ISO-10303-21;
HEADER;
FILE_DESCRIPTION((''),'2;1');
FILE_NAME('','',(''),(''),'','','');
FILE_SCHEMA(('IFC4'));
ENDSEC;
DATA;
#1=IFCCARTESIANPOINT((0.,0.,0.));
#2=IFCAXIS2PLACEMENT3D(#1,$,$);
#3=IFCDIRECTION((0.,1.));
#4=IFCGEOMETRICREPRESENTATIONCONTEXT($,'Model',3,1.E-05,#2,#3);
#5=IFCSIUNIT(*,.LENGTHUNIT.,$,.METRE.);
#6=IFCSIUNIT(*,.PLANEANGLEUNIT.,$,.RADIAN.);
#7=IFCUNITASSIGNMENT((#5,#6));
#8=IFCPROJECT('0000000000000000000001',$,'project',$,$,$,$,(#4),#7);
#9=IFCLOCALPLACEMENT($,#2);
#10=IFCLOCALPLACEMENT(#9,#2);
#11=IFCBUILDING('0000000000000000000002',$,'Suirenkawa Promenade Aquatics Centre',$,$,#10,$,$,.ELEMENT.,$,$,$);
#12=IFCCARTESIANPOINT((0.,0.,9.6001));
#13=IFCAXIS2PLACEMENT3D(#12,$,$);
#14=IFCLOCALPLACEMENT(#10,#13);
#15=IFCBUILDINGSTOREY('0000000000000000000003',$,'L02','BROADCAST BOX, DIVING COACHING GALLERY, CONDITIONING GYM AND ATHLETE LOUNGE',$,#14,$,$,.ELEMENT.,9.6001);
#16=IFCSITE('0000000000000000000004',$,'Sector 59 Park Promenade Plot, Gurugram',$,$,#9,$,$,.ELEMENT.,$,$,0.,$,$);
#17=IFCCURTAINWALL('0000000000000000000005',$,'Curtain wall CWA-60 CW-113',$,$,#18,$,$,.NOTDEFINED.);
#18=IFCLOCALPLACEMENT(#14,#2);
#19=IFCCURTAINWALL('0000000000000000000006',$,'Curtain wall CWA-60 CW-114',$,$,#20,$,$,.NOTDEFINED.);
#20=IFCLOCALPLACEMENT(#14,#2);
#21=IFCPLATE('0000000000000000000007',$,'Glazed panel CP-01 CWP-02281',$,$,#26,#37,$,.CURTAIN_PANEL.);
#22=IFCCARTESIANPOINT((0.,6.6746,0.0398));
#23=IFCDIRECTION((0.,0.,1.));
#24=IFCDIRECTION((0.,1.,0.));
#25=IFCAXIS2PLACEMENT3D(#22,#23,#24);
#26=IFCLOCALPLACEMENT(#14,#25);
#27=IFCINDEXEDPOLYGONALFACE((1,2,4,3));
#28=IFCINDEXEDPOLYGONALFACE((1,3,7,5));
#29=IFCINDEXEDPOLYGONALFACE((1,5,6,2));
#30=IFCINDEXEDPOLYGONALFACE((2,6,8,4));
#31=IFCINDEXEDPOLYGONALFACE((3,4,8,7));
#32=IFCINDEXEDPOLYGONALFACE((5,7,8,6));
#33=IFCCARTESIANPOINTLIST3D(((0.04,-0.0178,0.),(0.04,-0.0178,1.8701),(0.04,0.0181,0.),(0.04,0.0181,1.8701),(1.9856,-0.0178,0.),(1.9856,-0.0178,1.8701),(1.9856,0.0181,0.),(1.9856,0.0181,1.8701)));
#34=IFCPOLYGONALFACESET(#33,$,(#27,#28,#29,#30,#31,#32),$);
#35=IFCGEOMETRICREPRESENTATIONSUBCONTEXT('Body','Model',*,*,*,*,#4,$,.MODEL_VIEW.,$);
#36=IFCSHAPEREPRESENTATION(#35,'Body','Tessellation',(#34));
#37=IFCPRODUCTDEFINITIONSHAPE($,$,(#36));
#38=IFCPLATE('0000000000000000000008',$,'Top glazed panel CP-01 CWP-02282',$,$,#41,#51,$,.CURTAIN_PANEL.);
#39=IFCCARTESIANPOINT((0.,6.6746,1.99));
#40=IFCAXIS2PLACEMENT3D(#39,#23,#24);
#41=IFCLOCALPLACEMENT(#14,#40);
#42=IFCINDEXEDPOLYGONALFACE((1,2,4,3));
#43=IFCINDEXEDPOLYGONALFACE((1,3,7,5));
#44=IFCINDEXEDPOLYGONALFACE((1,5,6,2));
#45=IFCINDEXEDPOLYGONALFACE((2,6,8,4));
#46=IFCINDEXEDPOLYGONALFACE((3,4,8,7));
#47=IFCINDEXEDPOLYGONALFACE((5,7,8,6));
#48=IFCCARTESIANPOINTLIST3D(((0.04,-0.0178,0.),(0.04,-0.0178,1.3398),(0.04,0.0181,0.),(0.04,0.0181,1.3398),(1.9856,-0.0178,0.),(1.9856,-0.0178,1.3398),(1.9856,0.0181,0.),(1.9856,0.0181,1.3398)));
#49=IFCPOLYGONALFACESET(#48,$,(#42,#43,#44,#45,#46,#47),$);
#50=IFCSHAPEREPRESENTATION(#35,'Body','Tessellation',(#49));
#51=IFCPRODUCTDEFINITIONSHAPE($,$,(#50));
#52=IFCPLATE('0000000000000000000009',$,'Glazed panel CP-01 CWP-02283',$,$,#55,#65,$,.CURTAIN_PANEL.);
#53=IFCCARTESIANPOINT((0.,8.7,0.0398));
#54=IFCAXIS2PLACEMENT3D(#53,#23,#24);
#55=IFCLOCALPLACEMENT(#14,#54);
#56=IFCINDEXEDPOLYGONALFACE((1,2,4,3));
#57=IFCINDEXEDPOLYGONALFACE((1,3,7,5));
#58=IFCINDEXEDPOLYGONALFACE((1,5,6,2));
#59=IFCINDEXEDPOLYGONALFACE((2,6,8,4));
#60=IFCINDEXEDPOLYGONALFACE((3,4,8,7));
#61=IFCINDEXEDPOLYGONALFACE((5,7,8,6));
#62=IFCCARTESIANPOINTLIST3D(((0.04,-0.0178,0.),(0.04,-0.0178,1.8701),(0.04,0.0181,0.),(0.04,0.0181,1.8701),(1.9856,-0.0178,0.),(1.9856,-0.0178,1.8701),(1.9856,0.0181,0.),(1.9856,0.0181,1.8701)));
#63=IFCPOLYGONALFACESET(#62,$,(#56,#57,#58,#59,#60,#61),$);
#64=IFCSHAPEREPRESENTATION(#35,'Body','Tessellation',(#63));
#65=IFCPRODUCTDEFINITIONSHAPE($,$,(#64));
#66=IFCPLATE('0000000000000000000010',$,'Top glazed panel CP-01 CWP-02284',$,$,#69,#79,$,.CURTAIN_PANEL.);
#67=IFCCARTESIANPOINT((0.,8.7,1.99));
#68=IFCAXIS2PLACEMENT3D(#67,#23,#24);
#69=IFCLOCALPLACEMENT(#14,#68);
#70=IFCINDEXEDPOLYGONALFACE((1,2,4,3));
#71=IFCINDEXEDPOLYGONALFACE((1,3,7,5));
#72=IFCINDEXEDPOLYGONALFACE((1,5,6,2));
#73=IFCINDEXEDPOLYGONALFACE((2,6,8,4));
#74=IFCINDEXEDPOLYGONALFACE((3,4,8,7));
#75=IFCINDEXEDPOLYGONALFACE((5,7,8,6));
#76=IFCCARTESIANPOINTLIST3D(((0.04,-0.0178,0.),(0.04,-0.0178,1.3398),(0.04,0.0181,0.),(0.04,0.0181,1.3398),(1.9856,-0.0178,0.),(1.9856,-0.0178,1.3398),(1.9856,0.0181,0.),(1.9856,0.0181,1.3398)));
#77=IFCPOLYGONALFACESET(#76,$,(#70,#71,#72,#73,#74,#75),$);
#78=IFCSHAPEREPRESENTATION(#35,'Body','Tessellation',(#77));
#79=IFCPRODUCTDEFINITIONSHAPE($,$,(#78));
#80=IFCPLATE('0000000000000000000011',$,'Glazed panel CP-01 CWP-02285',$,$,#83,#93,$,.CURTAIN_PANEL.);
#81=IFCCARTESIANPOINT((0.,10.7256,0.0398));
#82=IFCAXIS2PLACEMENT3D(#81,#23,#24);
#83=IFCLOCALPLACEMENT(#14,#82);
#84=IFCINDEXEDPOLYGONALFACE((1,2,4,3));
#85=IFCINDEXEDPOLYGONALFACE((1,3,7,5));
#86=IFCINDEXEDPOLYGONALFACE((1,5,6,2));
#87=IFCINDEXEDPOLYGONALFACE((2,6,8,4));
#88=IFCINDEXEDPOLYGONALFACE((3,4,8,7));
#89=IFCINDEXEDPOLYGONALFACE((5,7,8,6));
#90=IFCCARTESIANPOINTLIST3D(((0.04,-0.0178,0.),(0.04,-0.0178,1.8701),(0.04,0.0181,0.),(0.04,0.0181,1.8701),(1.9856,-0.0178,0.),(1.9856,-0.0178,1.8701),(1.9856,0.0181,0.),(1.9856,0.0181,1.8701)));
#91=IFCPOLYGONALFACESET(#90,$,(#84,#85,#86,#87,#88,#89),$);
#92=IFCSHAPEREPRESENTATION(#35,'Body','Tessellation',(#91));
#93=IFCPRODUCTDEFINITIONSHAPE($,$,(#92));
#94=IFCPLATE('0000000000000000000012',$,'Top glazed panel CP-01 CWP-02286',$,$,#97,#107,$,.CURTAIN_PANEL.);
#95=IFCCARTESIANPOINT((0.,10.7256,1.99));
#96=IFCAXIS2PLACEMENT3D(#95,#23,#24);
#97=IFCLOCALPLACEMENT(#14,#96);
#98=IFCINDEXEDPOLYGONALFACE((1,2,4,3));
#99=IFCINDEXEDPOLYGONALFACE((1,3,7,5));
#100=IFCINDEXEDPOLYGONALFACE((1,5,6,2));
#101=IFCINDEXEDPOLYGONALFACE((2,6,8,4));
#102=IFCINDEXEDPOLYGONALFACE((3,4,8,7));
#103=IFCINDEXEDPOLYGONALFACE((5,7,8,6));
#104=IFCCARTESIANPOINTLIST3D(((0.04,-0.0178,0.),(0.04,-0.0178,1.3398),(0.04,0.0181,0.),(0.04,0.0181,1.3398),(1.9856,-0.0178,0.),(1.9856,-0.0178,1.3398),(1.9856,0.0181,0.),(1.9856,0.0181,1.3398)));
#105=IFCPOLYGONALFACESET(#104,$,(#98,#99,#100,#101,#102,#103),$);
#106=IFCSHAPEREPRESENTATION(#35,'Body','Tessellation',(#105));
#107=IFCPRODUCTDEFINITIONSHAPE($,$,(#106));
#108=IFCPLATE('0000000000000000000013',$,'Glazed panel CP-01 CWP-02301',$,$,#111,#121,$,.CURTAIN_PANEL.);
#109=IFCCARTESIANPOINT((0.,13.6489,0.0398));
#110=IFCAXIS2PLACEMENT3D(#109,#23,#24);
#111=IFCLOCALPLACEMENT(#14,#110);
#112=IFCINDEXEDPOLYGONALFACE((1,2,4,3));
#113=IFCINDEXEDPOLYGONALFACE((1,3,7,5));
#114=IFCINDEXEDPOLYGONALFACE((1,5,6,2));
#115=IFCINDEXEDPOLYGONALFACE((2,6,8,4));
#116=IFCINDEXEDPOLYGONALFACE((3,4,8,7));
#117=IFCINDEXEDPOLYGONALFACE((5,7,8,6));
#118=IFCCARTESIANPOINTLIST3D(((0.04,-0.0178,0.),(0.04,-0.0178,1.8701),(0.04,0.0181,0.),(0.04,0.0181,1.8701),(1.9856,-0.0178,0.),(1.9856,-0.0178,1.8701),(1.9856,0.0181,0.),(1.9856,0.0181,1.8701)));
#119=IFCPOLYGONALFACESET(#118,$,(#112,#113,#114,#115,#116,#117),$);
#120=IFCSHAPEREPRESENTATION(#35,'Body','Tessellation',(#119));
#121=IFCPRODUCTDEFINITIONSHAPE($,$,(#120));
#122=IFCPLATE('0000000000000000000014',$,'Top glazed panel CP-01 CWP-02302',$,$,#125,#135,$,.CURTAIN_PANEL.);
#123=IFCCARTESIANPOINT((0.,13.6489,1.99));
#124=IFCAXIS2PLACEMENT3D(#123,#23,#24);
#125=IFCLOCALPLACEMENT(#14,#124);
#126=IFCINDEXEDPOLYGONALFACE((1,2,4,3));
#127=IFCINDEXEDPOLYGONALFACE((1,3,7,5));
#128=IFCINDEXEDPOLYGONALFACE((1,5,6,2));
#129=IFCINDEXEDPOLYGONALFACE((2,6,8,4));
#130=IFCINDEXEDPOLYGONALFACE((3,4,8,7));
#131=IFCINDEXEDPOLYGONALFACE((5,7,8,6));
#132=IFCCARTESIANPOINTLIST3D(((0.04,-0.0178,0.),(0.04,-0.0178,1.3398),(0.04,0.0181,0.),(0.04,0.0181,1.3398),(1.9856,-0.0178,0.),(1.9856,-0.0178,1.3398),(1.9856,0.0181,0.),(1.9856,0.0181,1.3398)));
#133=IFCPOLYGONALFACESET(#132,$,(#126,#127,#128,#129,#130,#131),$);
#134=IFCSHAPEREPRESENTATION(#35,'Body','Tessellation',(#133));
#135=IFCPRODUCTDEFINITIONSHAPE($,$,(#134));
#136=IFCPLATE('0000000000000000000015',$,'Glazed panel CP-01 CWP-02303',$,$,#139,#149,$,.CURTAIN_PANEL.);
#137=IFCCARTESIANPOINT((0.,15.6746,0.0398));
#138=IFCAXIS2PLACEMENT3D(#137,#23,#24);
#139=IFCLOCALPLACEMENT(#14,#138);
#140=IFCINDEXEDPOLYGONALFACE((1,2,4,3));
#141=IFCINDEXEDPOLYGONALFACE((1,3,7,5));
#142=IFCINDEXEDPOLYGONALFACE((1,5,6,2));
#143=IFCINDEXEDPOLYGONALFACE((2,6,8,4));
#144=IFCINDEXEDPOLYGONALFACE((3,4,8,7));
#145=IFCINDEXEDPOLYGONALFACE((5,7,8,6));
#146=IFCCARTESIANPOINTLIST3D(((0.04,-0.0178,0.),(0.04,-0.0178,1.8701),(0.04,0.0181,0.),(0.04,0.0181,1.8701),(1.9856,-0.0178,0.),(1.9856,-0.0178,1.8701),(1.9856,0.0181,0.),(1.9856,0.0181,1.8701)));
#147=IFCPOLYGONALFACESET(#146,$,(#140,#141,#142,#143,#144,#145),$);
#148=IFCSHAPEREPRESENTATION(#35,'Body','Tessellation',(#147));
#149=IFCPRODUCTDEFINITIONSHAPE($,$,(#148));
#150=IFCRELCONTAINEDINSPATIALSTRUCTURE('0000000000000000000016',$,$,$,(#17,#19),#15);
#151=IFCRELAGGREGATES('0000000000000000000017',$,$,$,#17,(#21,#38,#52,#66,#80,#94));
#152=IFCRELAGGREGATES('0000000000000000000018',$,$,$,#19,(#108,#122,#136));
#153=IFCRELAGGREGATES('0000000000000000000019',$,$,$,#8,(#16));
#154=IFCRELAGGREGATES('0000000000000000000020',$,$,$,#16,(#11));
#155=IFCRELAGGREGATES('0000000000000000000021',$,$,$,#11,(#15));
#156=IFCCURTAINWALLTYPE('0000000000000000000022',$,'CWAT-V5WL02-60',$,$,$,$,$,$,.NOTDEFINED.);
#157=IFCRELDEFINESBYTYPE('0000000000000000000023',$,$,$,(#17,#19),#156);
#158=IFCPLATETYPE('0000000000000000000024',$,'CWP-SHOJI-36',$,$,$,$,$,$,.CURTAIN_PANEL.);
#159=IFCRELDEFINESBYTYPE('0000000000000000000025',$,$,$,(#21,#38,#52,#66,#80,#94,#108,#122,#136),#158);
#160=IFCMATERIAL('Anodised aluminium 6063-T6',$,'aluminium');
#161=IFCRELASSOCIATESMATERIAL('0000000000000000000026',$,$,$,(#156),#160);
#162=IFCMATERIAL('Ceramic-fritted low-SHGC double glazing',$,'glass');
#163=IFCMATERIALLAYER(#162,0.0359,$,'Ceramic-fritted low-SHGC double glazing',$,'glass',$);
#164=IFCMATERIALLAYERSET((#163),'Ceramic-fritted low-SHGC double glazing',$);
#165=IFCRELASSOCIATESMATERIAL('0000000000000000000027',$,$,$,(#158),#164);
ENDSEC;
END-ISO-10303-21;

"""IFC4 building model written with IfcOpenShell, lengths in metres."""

from ifc_helpers import new_model, si_unit, direction, frame, origin, place, context, subcontext, project, spatial, polyline, outline, extrude, material, layer, layer_set, type_object, element, aggregate, save


model = new_model("IFC4")

# Units and contexts
model_context = context("Model", 3, precision=1e-05, world=origin(), true_north=direction((0.0, 1.0)))
body_context = subcontext(model_context, "Body", "Model", "MODEL_VIEW")
ifc_project = project(units=[si_unit("LENGTHUNIT", "METRE"), si_unit("PLANEANGLEUNIT", "RADIAN")], contexts=[model_context])

# Site, building, storey
site_placement = place(None, origin())
site = spatial("IfcSite", under=ifc_project, at=site_placement, Name="Sector 59 Park Promenade Plot, Gurugram", CompositionType="ELEMENT", RefElevation=0.0)
building_placement = place(site_placement, origin())
building = spatial("IfcBuilding", under=site, at=building_placement, Name="Suirenkawa Promenade Aquatics Centre", CompositionType="ELEMENT")
storey_placement = place(building_placement, frame((0.0, 0.0, 9.6001)))
storey = spatial("IfcBuildingStorey", under=building, at=storey_placement, Name="L02", Description="BROADCAST BOX, DIVING COACHING GALLERY, CONDITIONING GYM AND ATHLETE LOUNGE", CompositionType="ELEMENT", Elevation=9.6001)

# Curtain walls
ifc_material_1 = material(Name="Anodised aluminium 6063-T6", Category="aluminium")
curtain_wall_type = type_object("IfcCurtainWallType", Name="CWAT-V5WL02-60", PredefinedType="NOTDEFINED", material=ifc_material_1)
curtain_wall_1_placement = place(storey_placement, origin())
curtain_wall_1 = element("IfcCurtainWall", 1, at=curtain_wall_1_placement, inside=storey, type_object=curtain_wall_type, Name="Curtain wall CWA-60 CW-113", PredefinedType="NOTDEFINED")
curtain_wall_2_placement = place(storey_placement, origin())
curtain_wall_2 = element("IfcCurtainWall", 2, at=curtain_wall_2_placement, inside=storey, type_object=curtain_wall_type, Name="Curtain wall CWA-60 CW-114", PredefinedType="NOTDEFINED")

# Plates
ifc_material_2 = material(Name="Ceramic-fritted low-SHGC double glazing", Category="glass")
ifc_layer_1 = layer(ifc_material_2, 0.0359, Name="Ceramic-fritted low-SHGC double glazing", Category="glass")
ifc_layer_set_1 = layer_set([ifc_layer_1], Name="Ceramic-fritted low-SHGC double glazing")
plate_type = type_object("IfcPlateType", Name="CWP-SHOJI-36", PredefinedType="CURTAIN_PANEL", material=ifc_layer_set_1)
plate_1_placement = place(storey_placement, frame((0.0, 6.6746, 0.0398), z_axis=(0.0, 0.0, 1.0), x_axis=(0.0, 1.0, 0.0)))
plate_1 = element("IfcPlate", 3, at=plate_1_placement, type_object=plate_type, Name="Glazed panel CP-01 CWP-02281", PredefinedType="CURTAIN_PANEL", context=body_context, shape_type="SweptSolid", body=[
    extrude(outline(polyline([(0.04, 0.0), (1.9856, 0.0), (1.9856, 1.8701), (0.04, 1.8701), (0.04, 0.0)])), frame((0.0, 0.0181, 0.0), z_axis=(0.0, -1.0, 0.0), x_axis=(1.0, 0.0, 0.0)), (0.0, 0.0, 1.0), 0.0359),
])
plate_2_placement = place(storey_placement, frame((0.0, 6.6746, 1.99), z_axis=(0.0, 0.0, 1.0), x_axis=(0.0, 1.0, 0.0)))
plate_2 = element("IfcPlate", 4, at=plate_2_placement, type_object=plate_type, Name="Top glazed panel CP-01 CWP-02282", PredefinedType="CURTAIN_PANEL", context=body_context, shape_type="SweptSolid", body=[
    extrude(outline(polyline([(0.04, 0.0), (1.9856, 0.0), (1.9856, 1.3398), (0.04, 1.3398), (0.04, 0.0)])), frame((0.0, 0.0181, 0.0), z_axis=(0.0, -1.0, 0.0), x_axis=(1.0, 0.0, 0.0)), (0.0, 0.0, 1.0), 0.0359),
])
plate_3_placement = place(storey_placement, frame((0.0, 8.7, 0.0398), z_axis=(0.0, 0.0, 1.0), x_axis=(0.0, 1.0, 0.0)))
plate_3 = element("IfcPlate", 5, at=plate_3_placement, type_object=plate_type, Name="Glazed panel CP-01 CWP-02283", PredefinedType="CURTAIN_PANEL", context=body_context, shape_type="SweptSolid", body=[
    extrude(outline(polyline([(0.04, 0.0), (1.9856, 0.0), (1.9856, 1.8701), (0.04, 1.8701), (0.04, 0.0)])), frame((0.0, 0.0181, 0.0), z_axis=(0.0, -1.0, 0.0), x_axis=(1.0, 0.0, 0.0)), (0.0, 0.0, 1.0), 0.0359),
])
plate_4_placement = place(storey_placement, frame((0.0, 8.7, 1.99), z_axis=(0.0, 0.0, 1.0), x_axis=(0.0, 1.0, 0.0)))
plate_4 = element("IfcPlate", 6, at=plate_4_placement, type_object=plate_type, Name="Top glazed panel CP-01 CWP-02284", PredefinedType="CURTAIN_PANEL", context=body_context, shape_type="SweptSolid", body=[
    extrude(outline(polyline([(0.04, 0.0), (1.9856, 0.0), (1.9856, 1.3398), (0.04, 1.3398), (0.04, 0.0)])), frame((0.0, 0.0181, 0.0), z_axis=(0.0, -1.0, 0.0), x_axis=(1.0, 0.0, 0.0)), (0.0, 0.0, 1.0), 0.0359),
])
plate_5_placement = place(storey_placement, frame((0.0, 10.7256, 0.0398), z_axis=(0.0, 0.0, 1.0), x_axis=(0.0, 1.0, 0.0)))
plate_5 = element("IfcPlate", 7, at=plate_5_placement, type_object=plate_type, Name="Glazed panel CP-01 CWP-02285", PredefinedType="CURTAIN_PANEL", context=body_context, shape_type="SweptSolid", body=[
    extrude(outline(polyline([(0.04, 0.0), (1.9856, 0.0), (1.9856, 1.8701), (0.04, 1.8701), (0.04, 0.0)])), frame((0.0, 0.0181, 0.0), z_axis=(0.0, -1.0, 0.0), x_axis=(1.0, 0.0, 0.0)), (0.0, 0.0, 1.0), 0.0359),
])
plate_6_placement = place(storey_placement, frame((0.0, 10.7256, 1.99), z_axis=(0.0, 0.0, 1.0), x_axis=(0.0, 1.0, 0.0)))
plate_6 = element("IfcPlate", 8, at=plate_6_placement, type_object=plate_type, Name="Top glazed panel CP-01 CWP-02286", PredefinedType="CURTAIN_PANEL", context=body_context, shape_type="SweptSolid", body=[
    extrude(outline(polyline([(0.04, 0.0), (1.9856, 0.0), (1.9856, 1.3398), (0.04, 1.3398), (0.04, 0.0)])), frame((0.0, 0.0181, 0.0), z_axis=(0.0, -1.0, 0.0), x_axis=(1.0, 0.0, 0.0)), (0.0, 0.0, 1.0), 0.0359),
])
aggregate(curtain_wall_1, [plate_1, plate_2, plate_3, plate_4, plate_5, plate_6])
plate_7_placement = place(storey_placement, frame((0.0, 13.6489, 0.0398), z_axis=(0.0, 0.0, 1.0), x_axis=(0.0, 1.0, 0.0)))
plate_7 = element("IfcPlate", 9, at=plate_7_placement, type_object=plate_type, Name="Glazed panel CP-01 CWP-02301", PredefinedType="CURTAIN_PANEL", context=body_context, shape_type="SweptSolid", body=[
    extrude(outline(polyline([(0.04, 0.0), (1.9856, 0.0), (1.9856, 1.8701), (0.04, 1.8701), (0.04, 0.0)])), frame((0.0, 0.0181, 0.0), z_axis=(0.0, -1.0, 0.0), x_axis=(1.0, 0.0, 0.0)), (0.0, 0.0, 1.0), 0.0359),
])
plate_8_placement = place(storey_placement, frame((0.0, 13.6489, 1.99), z_axis=(0.0, 0.0, 1.0), x_axis=(0.0, 1.0, 0.0)))
plate_8 = element("IfcPlate", 10, at=plate_8_placement, type_object=plate_type, Name="Top glazed panel CP-01 CWP-02302", PredefinedType="CURTAIN_PANEL", context=body_context, shape_type="SweptSolid", body=[
    extrude(outline(polyline([(0.04, 0.0), (1.9856, 0.0), (1.9856, 1.3398), (0.04, 1.3398), (0.04, 0.0)])), frame((0.0, 0.0181, 0.0), z_axis=(0.0, -1.0, 0.0), x_axis=(1.0, 0.0, 0.0)), (0.0, 0.0, 1.0), 0.0359),
])
plate_9_placement = place(storey_placement, frame((0.0, 15.6746, 0.0398), z_axis=(0.0, 0.0, 1.0), x_axis=(0.0, 1.0, 0.0)))
plate_9 = element("IfcPlate", 11, at=plate_9_placement, type_object=plate_type, Name="Glazed panel CP-01 CWP-02303", PredefinedType="CURTAIN_PANEL", context=body_context, shape_type="SweptSolid", body=[
    extrude(outline(polyline([(0.04, 0.0), (1.9856, 0.0), (1.9856, 1.8701), (0.04, 1.8701), (0.04, 0.0)])), frame((0.0, 0.0181, 0.0), z_axis=(0.0, -1.0, 0.0), x_axis=(1.0, 0.0, 0.0)), (0.0, 0.0, 1.0), 0.0359),
])
aggregate(curtain_wall_2, [plate_7, plate_8, plate_9])

save(model, "model.ifc")
